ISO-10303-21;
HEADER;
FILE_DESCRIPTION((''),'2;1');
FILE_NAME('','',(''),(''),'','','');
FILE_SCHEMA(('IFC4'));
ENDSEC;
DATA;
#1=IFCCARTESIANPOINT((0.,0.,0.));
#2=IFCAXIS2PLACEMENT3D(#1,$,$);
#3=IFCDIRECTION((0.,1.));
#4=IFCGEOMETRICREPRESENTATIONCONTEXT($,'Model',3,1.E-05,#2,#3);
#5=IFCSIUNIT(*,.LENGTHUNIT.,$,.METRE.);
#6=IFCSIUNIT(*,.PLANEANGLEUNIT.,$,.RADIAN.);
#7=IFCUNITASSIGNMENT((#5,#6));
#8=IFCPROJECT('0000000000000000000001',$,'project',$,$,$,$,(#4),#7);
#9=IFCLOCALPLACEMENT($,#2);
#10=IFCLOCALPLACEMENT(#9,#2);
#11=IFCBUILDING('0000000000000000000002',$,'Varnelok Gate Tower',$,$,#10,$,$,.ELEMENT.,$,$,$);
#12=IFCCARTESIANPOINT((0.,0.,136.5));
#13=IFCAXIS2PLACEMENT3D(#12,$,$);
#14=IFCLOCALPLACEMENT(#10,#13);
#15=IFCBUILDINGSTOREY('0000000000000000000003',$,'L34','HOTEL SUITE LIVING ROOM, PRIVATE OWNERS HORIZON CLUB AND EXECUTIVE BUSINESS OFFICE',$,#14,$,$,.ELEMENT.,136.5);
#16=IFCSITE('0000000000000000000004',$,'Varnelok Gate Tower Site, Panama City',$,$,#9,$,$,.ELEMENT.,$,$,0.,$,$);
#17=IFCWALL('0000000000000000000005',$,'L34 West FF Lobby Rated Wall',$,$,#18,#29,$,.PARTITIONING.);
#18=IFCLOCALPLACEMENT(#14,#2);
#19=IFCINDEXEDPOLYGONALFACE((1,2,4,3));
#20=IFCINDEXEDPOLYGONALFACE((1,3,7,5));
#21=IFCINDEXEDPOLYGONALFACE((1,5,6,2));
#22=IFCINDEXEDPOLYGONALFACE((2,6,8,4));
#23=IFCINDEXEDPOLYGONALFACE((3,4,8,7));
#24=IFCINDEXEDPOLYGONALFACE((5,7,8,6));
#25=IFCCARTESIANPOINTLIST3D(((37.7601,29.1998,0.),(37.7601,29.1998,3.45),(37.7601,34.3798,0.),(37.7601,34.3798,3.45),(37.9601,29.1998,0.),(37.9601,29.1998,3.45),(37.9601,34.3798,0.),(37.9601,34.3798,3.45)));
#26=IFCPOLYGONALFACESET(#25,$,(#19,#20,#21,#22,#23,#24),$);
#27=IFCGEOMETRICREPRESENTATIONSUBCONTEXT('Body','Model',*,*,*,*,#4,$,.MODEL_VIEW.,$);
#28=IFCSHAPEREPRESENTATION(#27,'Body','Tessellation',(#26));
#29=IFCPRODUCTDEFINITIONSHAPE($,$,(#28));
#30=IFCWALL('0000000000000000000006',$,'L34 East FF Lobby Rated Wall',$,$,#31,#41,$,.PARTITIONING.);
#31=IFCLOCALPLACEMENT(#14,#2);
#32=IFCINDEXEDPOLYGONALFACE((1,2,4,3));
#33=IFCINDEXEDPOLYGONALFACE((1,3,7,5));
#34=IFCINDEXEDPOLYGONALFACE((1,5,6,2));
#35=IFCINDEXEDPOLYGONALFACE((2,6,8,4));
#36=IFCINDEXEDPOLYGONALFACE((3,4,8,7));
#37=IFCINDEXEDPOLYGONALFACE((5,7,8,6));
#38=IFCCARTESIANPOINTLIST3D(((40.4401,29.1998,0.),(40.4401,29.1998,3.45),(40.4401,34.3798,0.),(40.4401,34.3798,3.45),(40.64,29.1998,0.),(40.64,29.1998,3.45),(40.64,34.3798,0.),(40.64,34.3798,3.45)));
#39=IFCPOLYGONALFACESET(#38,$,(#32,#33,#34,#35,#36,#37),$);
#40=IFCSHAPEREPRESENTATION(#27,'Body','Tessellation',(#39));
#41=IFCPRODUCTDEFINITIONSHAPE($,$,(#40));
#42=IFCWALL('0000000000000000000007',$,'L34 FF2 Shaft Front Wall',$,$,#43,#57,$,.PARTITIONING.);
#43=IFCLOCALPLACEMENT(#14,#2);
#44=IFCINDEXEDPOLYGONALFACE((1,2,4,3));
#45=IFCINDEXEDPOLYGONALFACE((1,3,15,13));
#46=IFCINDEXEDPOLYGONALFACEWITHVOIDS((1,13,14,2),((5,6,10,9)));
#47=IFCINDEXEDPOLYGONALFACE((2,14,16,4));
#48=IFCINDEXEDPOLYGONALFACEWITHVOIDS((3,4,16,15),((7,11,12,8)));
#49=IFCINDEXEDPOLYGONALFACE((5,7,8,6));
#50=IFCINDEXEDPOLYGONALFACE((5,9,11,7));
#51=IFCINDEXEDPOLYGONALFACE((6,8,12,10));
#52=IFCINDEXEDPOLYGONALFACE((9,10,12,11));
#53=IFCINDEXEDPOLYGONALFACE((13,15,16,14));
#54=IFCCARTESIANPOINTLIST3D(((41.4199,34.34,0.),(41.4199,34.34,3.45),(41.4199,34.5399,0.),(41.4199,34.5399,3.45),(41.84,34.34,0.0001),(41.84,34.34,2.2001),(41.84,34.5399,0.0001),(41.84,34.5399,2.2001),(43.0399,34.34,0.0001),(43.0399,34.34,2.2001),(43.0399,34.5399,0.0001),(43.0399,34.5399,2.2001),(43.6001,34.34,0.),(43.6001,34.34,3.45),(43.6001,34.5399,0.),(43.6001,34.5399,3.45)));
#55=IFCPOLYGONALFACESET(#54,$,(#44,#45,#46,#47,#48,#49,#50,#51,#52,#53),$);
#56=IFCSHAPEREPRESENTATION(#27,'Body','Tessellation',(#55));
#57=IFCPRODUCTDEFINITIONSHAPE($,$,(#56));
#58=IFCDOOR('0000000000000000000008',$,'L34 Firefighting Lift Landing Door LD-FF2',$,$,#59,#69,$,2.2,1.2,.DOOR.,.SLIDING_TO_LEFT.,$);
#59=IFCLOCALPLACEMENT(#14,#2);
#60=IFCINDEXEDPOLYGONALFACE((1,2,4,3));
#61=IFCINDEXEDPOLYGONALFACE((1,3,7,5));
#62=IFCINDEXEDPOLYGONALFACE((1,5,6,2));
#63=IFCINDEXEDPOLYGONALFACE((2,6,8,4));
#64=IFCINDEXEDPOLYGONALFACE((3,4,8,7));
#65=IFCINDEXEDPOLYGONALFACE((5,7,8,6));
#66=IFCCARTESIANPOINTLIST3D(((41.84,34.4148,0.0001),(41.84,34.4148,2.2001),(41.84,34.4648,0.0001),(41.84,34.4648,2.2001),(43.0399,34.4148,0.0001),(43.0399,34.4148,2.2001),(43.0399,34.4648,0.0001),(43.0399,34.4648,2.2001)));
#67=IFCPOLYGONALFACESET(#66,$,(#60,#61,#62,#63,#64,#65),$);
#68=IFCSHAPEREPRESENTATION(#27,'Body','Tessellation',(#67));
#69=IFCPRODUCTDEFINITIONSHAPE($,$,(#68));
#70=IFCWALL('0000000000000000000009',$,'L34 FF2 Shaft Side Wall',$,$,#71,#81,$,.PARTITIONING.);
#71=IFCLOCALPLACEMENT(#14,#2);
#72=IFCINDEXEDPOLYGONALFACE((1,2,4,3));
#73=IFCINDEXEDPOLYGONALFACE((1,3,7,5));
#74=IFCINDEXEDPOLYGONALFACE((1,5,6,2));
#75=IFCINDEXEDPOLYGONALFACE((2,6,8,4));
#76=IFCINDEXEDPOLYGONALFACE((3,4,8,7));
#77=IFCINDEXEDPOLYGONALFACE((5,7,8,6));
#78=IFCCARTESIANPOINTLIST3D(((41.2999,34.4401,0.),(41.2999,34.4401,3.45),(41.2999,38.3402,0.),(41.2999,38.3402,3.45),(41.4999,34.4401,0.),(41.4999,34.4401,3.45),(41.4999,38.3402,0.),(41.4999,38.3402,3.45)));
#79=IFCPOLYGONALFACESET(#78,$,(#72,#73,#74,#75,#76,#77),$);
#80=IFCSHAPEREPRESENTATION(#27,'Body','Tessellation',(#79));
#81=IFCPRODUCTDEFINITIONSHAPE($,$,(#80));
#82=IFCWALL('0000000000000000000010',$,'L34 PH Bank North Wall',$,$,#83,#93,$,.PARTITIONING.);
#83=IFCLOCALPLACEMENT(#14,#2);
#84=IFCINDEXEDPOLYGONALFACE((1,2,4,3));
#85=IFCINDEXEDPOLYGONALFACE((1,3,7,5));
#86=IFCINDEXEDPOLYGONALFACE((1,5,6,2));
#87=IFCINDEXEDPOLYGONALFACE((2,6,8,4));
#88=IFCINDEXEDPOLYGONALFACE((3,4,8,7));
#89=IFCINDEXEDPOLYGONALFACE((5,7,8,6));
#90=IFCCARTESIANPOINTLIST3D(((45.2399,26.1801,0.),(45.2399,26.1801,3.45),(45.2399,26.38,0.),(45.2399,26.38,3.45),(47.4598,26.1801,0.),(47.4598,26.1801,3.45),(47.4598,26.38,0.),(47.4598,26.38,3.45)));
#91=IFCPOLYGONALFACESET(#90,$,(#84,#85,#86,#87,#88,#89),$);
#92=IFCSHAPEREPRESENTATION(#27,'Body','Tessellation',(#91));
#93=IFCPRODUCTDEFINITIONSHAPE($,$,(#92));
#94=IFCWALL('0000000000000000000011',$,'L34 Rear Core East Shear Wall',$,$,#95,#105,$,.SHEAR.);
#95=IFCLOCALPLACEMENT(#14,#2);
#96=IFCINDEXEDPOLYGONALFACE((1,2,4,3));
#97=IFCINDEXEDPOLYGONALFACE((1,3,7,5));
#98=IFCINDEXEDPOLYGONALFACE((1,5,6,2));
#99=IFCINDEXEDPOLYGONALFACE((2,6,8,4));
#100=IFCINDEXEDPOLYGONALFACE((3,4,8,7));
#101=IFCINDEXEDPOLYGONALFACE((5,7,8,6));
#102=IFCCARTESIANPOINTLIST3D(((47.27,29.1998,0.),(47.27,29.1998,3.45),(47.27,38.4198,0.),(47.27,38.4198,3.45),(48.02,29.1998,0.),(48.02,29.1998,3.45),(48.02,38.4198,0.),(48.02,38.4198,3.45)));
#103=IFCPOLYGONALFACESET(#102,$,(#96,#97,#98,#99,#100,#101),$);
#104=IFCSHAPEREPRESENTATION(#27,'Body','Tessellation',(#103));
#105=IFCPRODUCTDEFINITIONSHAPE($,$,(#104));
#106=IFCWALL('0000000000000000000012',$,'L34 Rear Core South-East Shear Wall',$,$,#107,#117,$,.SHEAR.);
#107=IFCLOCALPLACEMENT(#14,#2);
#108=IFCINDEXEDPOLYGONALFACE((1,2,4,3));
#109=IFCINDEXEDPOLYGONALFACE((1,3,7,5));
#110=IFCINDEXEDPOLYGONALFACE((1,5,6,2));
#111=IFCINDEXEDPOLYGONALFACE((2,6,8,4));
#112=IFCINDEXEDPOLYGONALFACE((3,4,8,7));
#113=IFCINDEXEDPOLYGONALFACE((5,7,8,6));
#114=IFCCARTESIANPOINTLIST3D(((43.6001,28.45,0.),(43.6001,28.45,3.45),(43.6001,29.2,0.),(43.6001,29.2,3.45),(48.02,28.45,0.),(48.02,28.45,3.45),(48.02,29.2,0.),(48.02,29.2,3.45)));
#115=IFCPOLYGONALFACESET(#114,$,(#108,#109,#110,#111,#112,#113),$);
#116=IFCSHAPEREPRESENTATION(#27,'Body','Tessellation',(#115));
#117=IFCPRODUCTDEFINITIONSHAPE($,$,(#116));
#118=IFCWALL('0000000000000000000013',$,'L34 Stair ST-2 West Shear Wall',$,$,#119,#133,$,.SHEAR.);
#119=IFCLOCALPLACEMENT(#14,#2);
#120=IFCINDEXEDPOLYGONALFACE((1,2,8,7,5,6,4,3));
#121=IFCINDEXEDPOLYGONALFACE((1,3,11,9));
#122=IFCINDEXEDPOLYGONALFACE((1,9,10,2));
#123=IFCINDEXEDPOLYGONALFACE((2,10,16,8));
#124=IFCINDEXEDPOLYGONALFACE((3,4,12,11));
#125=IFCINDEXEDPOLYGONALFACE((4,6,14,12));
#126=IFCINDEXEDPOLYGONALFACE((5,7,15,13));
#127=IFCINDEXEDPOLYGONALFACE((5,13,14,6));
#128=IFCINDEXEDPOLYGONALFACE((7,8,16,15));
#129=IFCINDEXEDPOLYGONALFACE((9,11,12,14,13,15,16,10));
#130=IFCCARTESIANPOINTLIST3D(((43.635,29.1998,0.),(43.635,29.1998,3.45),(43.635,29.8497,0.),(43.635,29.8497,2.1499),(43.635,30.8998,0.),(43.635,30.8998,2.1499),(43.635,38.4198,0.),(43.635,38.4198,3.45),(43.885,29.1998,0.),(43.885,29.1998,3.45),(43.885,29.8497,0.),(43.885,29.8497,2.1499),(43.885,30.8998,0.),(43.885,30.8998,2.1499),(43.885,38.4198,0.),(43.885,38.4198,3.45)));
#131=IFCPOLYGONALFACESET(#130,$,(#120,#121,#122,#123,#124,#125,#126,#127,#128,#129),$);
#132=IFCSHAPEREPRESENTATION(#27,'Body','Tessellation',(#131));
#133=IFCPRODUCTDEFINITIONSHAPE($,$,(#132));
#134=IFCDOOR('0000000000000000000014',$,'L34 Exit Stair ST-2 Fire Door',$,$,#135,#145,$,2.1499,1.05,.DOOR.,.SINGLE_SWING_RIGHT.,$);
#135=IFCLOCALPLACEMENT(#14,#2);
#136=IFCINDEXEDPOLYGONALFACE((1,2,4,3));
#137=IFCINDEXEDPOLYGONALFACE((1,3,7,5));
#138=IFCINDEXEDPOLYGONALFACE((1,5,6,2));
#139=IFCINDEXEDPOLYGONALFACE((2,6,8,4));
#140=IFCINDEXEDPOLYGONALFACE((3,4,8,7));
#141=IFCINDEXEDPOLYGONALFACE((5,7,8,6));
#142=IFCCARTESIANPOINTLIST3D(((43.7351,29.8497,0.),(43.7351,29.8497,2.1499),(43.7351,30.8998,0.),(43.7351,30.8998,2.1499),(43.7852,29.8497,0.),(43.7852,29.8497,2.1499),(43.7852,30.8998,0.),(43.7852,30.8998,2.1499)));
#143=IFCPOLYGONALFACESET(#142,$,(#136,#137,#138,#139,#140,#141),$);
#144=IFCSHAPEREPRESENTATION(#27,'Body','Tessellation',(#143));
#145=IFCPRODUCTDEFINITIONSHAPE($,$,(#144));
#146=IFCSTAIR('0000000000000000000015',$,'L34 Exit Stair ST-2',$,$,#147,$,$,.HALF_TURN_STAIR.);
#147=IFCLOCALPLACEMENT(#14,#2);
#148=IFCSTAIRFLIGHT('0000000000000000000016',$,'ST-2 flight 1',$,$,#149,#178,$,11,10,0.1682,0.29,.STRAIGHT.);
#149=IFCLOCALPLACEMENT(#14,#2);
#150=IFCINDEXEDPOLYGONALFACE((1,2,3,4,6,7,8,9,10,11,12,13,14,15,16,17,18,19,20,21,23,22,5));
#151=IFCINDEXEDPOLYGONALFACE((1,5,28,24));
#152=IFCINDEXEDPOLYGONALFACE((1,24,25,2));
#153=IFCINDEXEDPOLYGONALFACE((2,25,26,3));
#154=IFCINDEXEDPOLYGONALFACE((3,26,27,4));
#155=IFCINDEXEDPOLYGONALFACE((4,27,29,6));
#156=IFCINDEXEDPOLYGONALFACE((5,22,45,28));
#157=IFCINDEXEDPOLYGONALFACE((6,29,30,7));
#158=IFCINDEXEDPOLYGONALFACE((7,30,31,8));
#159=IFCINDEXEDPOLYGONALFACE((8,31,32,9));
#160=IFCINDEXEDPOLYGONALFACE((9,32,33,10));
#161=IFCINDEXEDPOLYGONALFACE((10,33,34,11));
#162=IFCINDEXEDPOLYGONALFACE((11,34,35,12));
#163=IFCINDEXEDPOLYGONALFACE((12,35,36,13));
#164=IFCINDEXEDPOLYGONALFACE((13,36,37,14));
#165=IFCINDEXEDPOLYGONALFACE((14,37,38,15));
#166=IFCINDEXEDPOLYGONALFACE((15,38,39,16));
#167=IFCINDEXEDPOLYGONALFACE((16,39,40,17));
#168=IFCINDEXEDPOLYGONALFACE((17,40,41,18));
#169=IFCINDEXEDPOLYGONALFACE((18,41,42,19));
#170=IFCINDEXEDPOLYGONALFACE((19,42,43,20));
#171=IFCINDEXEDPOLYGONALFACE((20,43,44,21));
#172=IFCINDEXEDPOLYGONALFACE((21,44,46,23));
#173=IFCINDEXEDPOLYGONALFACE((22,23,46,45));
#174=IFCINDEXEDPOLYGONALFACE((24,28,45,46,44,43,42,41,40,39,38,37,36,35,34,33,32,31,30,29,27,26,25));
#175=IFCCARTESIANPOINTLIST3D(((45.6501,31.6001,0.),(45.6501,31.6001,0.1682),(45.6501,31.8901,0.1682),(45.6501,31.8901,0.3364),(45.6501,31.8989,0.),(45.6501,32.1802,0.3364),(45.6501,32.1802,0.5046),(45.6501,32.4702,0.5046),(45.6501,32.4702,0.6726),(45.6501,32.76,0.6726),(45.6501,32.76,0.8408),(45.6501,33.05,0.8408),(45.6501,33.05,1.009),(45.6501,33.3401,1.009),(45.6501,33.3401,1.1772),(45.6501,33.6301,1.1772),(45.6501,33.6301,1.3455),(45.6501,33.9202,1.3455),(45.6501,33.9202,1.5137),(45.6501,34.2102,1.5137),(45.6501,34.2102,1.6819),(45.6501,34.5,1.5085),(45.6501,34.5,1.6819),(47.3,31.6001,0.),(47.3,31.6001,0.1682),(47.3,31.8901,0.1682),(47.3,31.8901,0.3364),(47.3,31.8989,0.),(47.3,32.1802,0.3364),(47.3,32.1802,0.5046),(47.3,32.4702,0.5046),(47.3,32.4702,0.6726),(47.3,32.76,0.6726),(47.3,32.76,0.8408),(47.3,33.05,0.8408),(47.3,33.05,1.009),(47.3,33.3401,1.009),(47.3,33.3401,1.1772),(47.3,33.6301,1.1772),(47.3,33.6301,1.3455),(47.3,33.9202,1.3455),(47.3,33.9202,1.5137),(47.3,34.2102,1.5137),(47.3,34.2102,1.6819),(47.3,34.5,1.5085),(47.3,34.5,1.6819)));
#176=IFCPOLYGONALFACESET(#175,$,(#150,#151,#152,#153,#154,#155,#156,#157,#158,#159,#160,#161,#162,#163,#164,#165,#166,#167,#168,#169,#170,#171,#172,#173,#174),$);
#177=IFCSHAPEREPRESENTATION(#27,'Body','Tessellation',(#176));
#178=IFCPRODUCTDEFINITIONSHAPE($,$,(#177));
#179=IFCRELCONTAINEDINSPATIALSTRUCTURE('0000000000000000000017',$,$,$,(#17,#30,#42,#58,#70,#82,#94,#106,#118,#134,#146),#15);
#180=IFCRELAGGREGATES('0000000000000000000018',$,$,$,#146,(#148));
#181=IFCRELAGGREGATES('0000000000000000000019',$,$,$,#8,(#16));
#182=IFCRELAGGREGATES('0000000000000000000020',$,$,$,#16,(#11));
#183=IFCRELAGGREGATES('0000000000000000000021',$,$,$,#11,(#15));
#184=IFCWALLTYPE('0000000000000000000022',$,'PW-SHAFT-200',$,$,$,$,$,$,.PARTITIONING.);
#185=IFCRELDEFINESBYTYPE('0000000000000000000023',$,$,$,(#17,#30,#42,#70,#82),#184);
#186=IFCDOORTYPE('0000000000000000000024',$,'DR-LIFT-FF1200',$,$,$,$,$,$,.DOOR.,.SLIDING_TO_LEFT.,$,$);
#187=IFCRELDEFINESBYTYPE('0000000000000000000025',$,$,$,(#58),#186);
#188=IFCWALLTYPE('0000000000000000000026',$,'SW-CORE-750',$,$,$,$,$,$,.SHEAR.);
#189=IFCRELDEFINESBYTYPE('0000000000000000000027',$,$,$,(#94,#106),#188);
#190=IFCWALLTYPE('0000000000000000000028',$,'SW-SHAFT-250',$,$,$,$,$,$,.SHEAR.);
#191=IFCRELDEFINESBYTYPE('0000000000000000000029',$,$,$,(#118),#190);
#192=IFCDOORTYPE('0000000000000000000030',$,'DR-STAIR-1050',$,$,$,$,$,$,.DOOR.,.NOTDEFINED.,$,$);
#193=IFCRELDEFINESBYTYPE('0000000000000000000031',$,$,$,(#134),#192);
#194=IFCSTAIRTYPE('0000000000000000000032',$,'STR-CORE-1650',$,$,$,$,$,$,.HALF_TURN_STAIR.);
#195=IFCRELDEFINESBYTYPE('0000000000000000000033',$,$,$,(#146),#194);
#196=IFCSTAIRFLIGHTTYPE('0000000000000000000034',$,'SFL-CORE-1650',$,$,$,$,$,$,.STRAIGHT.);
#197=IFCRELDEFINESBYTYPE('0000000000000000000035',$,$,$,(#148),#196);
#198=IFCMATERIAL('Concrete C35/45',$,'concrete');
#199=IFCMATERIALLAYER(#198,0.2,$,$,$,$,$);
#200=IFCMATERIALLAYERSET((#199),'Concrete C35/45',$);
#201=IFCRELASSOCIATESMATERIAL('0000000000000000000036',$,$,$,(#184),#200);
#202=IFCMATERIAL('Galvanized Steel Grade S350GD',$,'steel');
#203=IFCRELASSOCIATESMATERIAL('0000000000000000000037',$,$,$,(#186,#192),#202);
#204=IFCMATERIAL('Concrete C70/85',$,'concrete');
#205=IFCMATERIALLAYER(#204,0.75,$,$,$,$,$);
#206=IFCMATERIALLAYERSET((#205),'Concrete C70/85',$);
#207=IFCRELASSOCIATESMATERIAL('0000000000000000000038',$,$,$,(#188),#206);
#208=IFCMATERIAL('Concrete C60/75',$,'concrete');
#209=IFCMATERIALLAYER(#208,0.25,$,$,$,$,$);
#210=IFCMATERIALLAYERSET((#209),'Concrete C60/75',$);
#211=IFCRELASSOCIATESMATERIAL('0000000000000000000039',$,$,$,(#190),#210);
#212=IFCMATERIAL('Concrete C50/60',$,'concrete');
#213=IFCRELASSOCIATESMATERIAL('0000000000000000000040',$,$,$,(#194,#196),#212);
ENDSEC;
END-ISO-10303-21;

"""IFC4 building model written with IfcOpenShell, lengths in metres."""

from ifc_helpers import new_model, si_unit, direction, frame, frame_2d, origin, place, context, subcontext, project, spatial, polyline, rectangle, outline, extrude, material, layer, layer_set, type_object, element, fill, aggregate, save


model = new_model("IFC4")

# Units and contexts
model_context = context("Model", 3, precision=1e-05, world=origin(), true_north=direction((0.0, 1.0)))
body_context = subcontext(model_context, "Body", "Model", "MODEL_VIEW")
ifc_project = project(units=[si_unit("LENGTHUNIT", "METRE"), si_unit("PLANEANGLEUNIT", "RADIAN")], contexts=[model_context])

# Site, building, storey
site_placement = place(None, origin())
site = spatial("IfcSite", under=ifc_project, at=site_placement, Name="Varnelok Gate Tower Site, Panama City", CompositionType="ELEMENT", RefElevation=0.0)
building_placement = place(site_placement, origin())
building = spatial("IfcBuilding", under=site, at=building_placement, Name="Varnelok Gate Tower", CompositionType="ELEMENT")
storey_placement = place(building_placement, frame((0.0, 0.0, 136.5)))
storey = spatial("IfcBuildingStorey", under=building, at=storey_placement, Name="L34", Description="HOTEL SUITE LIVING ROOM, PRIVATE OWNERS HORIZON CLUB AND EXECUTIVE BUSINESS OFFICE", CompositionType="ELEMENT", Elevation=136.5)

# Shared definitions
ifc_material_1 = material(Name="Concrete C70/85", Category="concrete")

# Shared definitions
ifc_material_2 = material(Name="Galvanized Steel Grade S350GD", Category="steel")

# Walls
ifc_material_3 = material(Name="Concrete C35/45", Category="concrete")
ifc_layer_1 = layer(ifc_material_3, 0.2)
ifc_layer_set_1 = layer_set([ifc_layer_1], Name="Concrete C35/45")
wall_type_1 = type_object("IfcWallType", Name="PW-SHAFT-200", PredefinedType="PARTITIONING", material=ifc_layer_set_1)
for number, where, z_axis, x_axis, name in (
    (1, (37.8601, 29.2, 0.0), (0.0, 0.0, 1.0), (0.0, 1.0, 0.0), "L34 West FF Lobby Rated Wall"),
    (2, (40.54, 29.2, 0.0), (0.0, 0.0, 1.0), (0.0, 1.0, 0.0), "L34 East FF Lobby Rated Wall"),
):
    element("IfcWall", number, at=place(storey_placement, frame(where, z_axis=z_axis, x_axis=x_axis)), inside=storey, type_object=wall_type_1, Name=name, PredefinedType="PARTITIONING", context=body_context, shape_type="SweptSolid", body=[
        extrude(rectangle(XDim=5.1799, YDim=0.2, at=frame_2d((2.5898, 0.0))), origin(), (0.0, 0.0, 1.0), 3.45),
    ])

# Wall, opening, door
wall_1_placement = place(storey_placement, frame((41.4199, 34.4399, 0.0), z_axis=(0.0, 0.0, 1.0), x_axis=(1.0, 0.0, 0.0)))
wall_1 = element("IfcWall", 3, at=wall_1_placement, inside=storey, type_object=wall_type_1, Name="L34 FF2 Shaft Front Wall", PredefinedType="PARTITIONING", context=body_context, shape_type="SweptSolid", body=[
    extrude(rectangle(XDim=2.1802, YDim=0.2, at=frame_2d((1.0901, 0.0))), origin(), (0.0, 0.0, 1.0), 3.45),
])
opening_1_placement = place(wall_1_placement, frame((0.4199, 0.0, 0.0)))
opening_1 = element("IfcOpeningElement", 4, at=opening_1_placement, cuts=wall_1, PredefinedType="OPENING", context=body_context, shape_type="SweptSolid", body=[
    extrude(rectangle(XDim=1.2, YDim=2.2, at=frame_2d((0.6001, 1.1001))), frame((0.0, 0.1099, 0.0), z_axis=(0.0, -1.0, 0.0), x_axis=(1.0, 0.0, 0.0)), (0.0, 0.0, 1.0), 0.22),
])
door_type_1 = type_object("IfcDoorType", Name="DR-LIFT-FF1200", OperationType="SLIDING_TO_LEFT", PredefinedType="DOOR", material=ifc_material_2)
door_1_placement = place(opening_1_placement, origin())
door_1 = element("IfcDoor", 5, at=door_1_placement, inside=storey, type_object=door_type_1, Name="L34 Firefighting Lift Landing Door LD-FF2", OperationType="SLIDING_TO_LEFT", OverallHeight=2.2, OverallWidth=1.2, PredefinedType="DOOR", context=body_context, shape_type="SweptSolid", body=[
    extrude(rectangle(XDim=1.2, YDim=2.2, at=frame_2d((0.6001, 1.1001))), frame((0.0, 0.0249, 0.0), z_axis=(0.0, -1.0, 0.0), x_axis=(1.0, 0.0, 0.0)), (0.0, 0.0, 1.0), 0.05),
])
fill(opening_1, door_1)

# Walls
wall_2_placement = place(storey_placement, frame((41.3999, 34.4399, 0.0), z_axis=(0.0, 0.0, 1.0), x_axis=(0.0, 1.0, 0.0)))
element("IfcWall", 6, at=wall_2_placement, inside=storey, type_object=wall_type_1, Name="L34 FF2 Shaft Side Wall", PredefinedType="PARTITIONING", context=body_context, shape_type="SweptSolid", body=[
    extrude(rectangle(XDim=3.9001, YDim=0.2, at=frame_2d((1.9502, 0.0))), origin(), (0.0, 0.0, 1.0), 3.45),
])
wall_3_placement = place(storey_placement, frame((45.24, 26.28, 0.0), z_axis=(0.0, 0.0, 1.0), x_axis=(1.0, 0.0, 0.0)))
element("IfcWall", 7, at=wall_3_placement, inside=storey, type_object=wall_type_1, Name="L34 PH Bank North Wall", PredefinedType="PARTITIONING", context=body_context, shape_type="SweptSolid", body=[
    extrude(rectangle(XDim=2.22, YDim=0.2, at=frame_2d((1.1099, 0.0))), origin(), (0.0, 0.0, 1.0), 3.45),
])
ifc_layer_2 = layer(ifc_material_1, 0.75)
ifc_layer_set_2 = layer_set([ifc_layer_2], Name="Concrete C70/85")
wall_type_2 = type_object("IfcWallType", Name="SW-CORE-750", PredefinedType="SHEAR", material=ifc_layer_set_2)
wall_4_placement = place(storey_placement, frame((47.645, 29.2, 0.0), z_axis=(0.0, 0.0, 1.0), x_axis=(0.0, 1.0, 0.0)))
element("IfcWall", 8, at=wall_4_placement, inside=storey, type_object=wall_type_2, Name="L34 Rear Core East Shear Wall", PredefinedType="SHEAR", context=body_context, shape_type="SweptSolid", body=[
    extrude(rectangle(XDim=9.22, YDim=0.75, at=frame_2d((4.6099, 0.0))), origin(), (0.0, 0.0, 1.0), 3.45),
])
wall_5_placement = place(storey_placement, frame((43.6001, 28.825, 0.0), z_axis=(0.0, 0.0, 1.0), x_axis=(1.0, 0.0, 0.0)))
element("IfcWall", 9, at=wall_5_placement, inside=storey, type_object=wall_type_2, Name="L34 Rear Core South-East Shear Wall", PredefinedType="SHEAR", context=body_context, shape_type="SweptSolid", body=[
    extrude(rectangle(XDim=4.4199, YDim=0.75, at=frame_2d((2.21, 0.0))), origin(), (0.0, 0.0, 1.0), 3.45),
])

# Wall, opening, door
ifc_material_4 = material(Name="Concrete C60/75", Category="concrete")
ifc_layer_3 = layer(ifc_material_4, 0.25)
ifc_layer_set_3 = layer_set([ifc_layer_3], Name="Concrete C60/75")
wall_type_3 = type_object("IfcWallType", Name="SW-SHAFT-250", PredefinedType="SHEAR", material=ifc_layer_set_3)
wall_6_placement = place(storey_placement, frame((43.76, 29.2, 0.0), z_axis=(0.0, 0.0, 1.0), x_axis=(0.0, 1.0, 0.0)))
wall_6 = element("IfcWall", 10, at=wall_6_placement, inside=storey, type_object=wall_type_3, Name="L34 Stair ST-2 West Shear Wall", PredefinedType="SHEAR", context=body_context, shape_type="SweptSolid", body=[
    extrude(rectangle(XDim=9.22, YDim=0.25, at=frame_2d((4.6099, 0.0))), origin(), (0.0, 0.0, 1.0), 3.45),
])
opening_2_placement = place(wall_6_placement, frame((0.6499, 0.0, 0.0)))
opening_2 = element("IfcOpeningElement", 11, at=opening_2_placement, cuts=wall_6, PredefinedType="OPENING", context=body_context, shape_type="SweptSolid", body=[
    extrude(rectangle(XDim=1.05, YDim=2.1499, at=frame_2d((0.5249, 1.075))), frame((0.0, 0.135, 0.0), z_axis=(0.0, -1.0, 0.0), x_axis=(1.0, 0.0, 0.0)), (0.0, 0.0, 1.0), 0.27),
])
door_type_2 = type_object("IfcDoorType", Name="DR-STAIR-1050", OperationType="NOTDEFINED", PredefinedType="DOOR", material=ifc_material_2)
door_2_placement = place(opening_2_placement, origin())
door_2 = element("IfcDoor", 12, at=door_2_placement, inside=storey, type_object=door_type_2, Name="L34 Exit Stair ST-2 Fire Door", OperationType="SINGLE_SWING_RIGHT", OverallHeight=2.1499, OverallWidth=1.05, PredefinedType="DOOR", context=body_context, shape_type="SweptSolid", body=[
    extrude(rectangle(XDim=1.05, YDim=2.1499, at=frame_2d((0.5249, 1.075))), frame((0.0, 0.0249, 0.0), z_axis=(0.0, -1.0, 0.0), x_axis=(1.0, 0.0, 0.0)), (0.0, 0.0, 1.0), 0.05),
])
fill(opening_2, door_2)

# Stair, stair flight
ifc_material_5 = material(Name="Concrete C50/60", Category="concrete")
stair_type = type_object("IfcStairType", Name="STR-CORE-1650", PredefinedType="HALF_TURN_STAIR", material=ifc_material_5)
stair_placement = place(storey_placement, origin())
stair = element("IfcStair", 13, at=stair_placement, inside=storey, type_object=stair_type, Name="L34 Exit Stair ST-2", PredefinedType="HALF_TURN_STAIR")
stair_flight_type = type_object("IfcStairFlightType", Name="SFL-CORE-1650", PredefinedType="STRAIGHT", material=ifc_material_5)
stair_flight_placement = place(storey_placement, frame((46.4751, 31.6001, 0.0), z_axis=(0.0, 0.0, 1.0), x_axis=(0.0, 1.0, 0.0)))
stair_flight = element("IfcStairFlight", 14, at=stair_flight_placement, type_object=stair_flight_type, Name="ST-2 flight 1", NumberOfRisers=11, NumberOfTreads=10, PredefinedType="STRAIGHT", RiserHeight=0.1682, TreadLength=0.29, context=body_context, shape_type="SweptSolid", body=[
    extrude(outline(polyline([(0.0, 0.0), (0.0, 0.1682), (0.29, 0.1682), (0.29, 0.3364), (0.5801, 0.3364), (0.5801, 0.5046), (0.8701, 0.5046), (0.8701, 0.6726), (1.1599, 0.6726), (1.1599, 0.8408), (1.45, 0.8408), (1.45, 1.009), (1.74, 1.009), (1.74, 1.1772), (2.03, 1.1772), (2.03, 1.3455), (2.3201, 1.3455), (2.3201, 1.5137), (2.6101, 1.5137), (2.6101, 1.6819), (2.8999, 1.6819), (2.8999, 1.8501), (2.8999, 1.5085), (0.2988, 0.0), (0.0, 0.0)])), frame((0.0, 0.825, 0.0), z_axis=(0.0, -1.0, 0.0), x_axis=(1.0, 0.0, 0.0)), (0.0, 0.0, 1.0), 1.6499),
])
aggregate(stair, [stair_flight])

save(model, "model.ifc")
